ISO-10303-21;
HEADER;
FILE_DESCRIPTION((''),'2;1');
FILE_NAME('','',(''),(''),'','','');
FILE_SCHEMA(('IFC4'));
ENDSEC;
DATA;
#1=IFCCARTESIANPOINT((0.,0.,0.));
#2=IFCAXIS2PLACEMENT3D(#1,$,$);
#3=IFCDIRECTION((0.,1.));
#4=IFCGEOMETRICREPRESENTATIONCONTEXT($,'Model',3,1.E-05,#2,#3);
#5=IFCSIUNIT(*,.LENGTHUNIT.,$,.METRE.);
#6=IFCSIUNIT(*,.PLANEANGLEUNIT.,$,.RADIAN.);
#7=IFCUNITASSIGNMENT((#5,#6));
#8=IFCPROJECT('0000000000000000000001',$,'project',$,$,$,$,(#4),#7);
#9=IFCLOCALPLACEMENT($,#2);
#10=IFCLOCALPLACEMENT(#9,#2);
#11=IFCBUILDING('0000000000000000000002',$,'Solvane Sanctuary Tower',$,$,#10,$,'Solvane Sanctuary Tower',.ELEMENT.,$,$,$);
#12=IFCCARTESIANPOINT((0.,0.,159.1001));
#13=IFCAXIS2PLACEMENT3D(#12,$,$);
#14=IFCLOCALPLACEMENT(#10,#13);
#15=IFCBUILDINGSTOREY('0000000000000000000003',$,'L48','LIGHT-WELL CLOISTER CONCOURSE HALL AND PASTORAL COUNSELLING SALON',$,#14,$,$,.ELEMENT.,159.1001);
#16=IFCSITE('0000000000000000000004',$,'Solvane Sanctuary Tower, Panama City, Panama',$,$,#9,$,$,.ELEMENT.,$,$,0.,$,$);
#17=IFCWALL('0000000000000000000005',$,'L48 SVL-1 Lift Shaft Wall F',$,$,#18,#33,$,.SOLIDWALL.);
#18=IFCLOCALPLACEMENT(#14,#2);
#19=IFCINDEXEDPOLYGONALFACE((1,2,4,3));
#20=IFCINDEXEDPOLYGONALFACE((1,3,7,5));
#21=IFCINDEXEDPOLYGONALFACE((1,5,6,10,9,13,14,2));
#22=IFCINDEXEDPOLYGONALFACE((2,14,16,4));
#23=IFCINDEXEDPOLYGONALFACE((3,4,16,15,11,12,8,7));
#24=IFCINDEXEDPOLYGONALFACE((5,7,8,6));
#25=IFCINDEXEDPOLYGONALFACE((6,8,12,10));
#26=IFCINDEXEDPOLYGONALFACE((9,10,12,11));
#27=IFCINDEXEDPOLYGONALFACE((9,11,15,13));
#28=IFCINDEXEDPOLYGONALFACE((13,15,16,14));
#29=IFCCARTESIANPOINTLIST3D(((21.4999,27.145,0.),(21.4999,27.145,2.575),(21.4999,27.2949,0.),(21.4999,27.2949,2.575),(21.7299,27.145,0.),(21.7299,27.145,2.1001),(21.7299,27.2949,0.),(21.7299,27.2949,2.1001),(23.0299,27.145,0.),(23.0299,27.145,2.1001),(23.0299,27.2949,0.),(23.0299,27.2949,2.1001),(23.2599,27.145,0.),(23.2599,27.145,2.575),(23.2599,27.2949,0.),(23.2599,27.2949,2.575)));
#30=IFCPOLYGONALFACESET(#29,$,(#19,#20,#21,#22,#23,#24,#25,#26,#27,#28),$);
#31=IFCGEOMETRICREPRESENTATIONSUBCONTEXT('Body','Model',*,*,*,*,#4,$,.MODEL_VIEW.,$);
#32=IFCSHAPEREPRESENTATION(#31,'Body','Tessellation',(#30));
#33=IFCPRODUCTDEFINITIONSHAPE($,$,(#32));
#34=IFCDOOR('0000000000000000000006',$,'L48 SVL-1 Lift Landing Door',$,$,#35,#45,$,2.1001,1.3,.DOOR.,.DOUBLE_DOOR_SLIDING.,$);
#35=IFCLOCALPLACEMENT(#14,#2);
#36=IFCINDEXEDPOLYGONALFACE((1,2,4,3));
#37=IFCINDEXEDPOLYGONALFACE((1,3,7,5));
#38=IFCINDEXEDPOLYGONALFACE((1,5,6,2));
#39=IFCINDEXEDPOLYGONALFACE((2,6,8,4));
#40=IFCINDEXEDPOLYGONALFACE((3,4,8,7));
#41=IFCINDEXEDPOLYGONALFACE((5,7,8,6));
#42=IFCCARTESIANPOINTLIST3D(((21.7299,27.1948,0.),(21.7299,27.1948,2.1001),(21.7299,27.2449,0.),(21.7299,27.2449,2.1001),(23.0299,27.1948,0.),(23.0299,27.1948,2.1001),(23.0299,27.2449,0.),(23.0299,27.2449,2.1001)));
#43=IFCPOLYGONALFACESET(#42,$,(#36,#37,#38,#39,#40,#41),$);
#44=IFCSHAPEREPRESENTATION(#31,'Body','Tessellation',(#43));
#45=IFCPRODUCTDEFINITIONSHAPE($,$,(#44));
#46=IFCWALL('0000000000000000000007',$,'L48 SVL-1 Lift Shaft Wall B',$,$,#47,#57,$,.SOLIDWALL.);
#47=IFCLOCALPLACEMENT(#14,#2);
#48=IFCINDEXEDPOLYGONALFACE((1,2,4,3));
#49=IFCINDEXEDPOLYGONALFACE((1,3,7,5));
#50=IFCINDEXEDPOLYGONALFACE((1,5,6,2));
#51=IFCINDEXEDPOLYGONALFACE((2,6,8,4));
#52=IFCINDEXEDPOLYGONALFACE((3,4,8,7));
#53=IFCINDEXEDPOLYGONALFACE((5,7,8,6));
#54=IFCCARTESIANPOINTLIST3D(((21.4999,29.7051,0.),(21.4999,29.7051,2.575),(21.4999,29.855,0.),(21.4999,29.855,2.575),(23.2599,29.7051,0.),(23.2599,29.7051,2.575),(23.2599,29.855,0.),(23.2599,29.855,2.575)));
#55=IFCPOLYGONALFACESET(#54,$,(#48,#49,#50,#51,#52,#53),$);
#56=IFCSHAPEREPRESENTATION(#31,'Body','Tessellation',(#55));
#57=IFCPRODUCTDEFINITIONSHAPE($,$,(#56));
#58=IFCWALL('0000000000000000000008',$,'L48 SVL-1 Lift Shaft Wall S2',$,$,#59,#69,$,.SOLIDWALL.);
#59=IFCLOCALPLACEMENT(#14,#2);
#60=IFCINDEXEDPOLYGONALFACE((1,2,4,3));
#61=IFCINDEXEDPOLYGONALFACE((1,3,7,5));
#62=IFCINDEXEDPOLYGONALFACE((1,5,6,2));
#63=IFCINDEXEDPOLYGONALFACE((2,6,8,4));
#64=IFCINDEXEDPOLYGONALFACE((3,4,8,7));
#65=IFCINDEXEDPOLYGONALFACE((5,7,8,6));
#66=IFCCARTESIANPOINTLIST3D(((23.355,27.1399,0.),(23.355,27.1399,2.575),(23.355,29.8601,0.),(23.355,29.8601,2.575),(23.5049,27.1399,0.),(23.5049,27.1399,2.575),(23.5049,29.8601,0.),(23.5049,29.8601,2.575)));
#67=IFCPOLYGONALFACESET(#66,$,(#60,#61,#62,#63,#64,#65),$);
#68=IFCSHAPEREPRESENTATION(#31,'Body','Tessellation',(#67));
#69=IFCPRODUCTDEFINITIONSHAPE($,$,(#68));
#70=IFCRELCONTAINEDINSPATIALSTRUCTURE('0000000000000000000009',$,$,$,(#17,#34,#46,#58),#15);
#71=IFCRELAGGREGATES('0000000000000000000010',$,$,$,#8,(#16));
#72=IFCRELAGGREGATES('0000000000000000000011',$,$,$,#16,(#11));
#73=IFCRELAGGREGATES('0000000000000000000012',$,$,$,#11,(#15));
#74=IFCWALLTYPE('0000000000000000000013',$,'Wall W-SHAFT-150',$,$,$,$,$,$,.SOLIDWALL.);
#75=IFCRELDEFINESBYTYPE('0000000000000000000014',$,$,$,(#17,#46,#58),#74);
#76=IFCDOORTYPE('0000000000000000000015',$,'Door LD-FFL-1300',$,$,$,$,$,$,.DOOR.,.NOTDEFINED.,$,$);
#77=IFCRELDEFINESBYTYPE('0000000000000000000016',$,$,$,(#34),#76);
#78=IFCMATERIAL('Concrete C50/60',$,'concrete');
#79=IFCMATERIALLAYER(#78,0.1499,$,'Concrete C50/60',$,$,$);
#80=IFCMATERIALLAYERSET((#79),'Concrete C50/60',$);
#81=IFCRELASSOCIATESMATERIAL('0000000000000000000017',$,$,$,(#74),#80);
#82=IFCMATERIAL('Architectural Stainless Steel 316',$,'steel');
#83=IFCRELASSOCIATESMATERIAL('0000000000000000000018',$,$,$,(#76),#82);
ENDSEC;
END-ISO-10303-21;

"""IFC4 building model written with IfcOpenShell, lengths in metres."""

from ifc_helpers import new_model, si_unit, direction, frame, frame_2d, origin, place, context, subcontext, project, spatial, rectangle, extrude, material, layer, layer_set, type_object, element, fill, save


model = new_model("IFC4")

# Units and contexts
model_context = context("Model", 3, precision=1e-05, world=origin(), true_north=direction((0.0, 1.0)))
body_context = subcontext(model_context, "Body", "Model", "MODEL_VIEW")
ifc_project = project(units=[si_unit("LENGTHUNIT", "METRE"), si_unit("PLANEANGLEUNIT", "RADIAN")], contexts=[model_context])

# Site, building, storey
site_placement = place(None, origin())
site = spatial("IfcSite", under=ifc_project, at=site_placement, Name="Solvane Sanctuary Tower, Panama City, Panama", CompositionType="ELEMENT", RefElevation=0.0)
building_placement = place(site_placement, origin())
building = spatial("IfcBuilding", under=site, at=building_placement, Name="Solvane Sanctuary Tower", LongName="Solvane Sanctuary Tower", CompositionType="ELEMENT")
storey_placement = place(building_placement, frame((0.0, 0.0, 159.1001)))
storey = spatial("IfcBuildingStorey", under=building, at=storey_placement, Name="L48", Description="LIGHT-WELL CLOISTER CONCOURSE HALL AND PASTORAL COUNSELLING SALON", CompositionType="ELEMENT", Elevation=159.1001)

# Shared definitions
ifc_material_1 = material(Name="Concrete C50/60", Category="concrete")

# Shared definitions
ifc_material_2 = material(Name="Architectural Stainless Steel 316", Category="steel")

# Shared definitions
ifc_layer_1 = layer(ifc_material_1, 0.1499, Name="Concrete C50/60")
ifc_layer_set_1 = layer_set([ifc_layer_1], Name="Concrete C50/60")
wall_type_1 = type_object("IfcWallType", Name="Wall W-SHAFT-150", PredefinedType="SOLIDWALL", material=ifc_layer_set_1)

# Wall, opening, door
wall_1_placement = place(storey_placement, frame((21.5, 27.22, 0.0), z_axis=(0.0, 0.0, 1.0), x_axis=(1.0, 0.0, 0.0)))
wall_1 = element("IfcWall", 1, at=wall_1_placement, inside=storey, type_object=wall_type_1, Name="L48 SVL-1 Lift Shaft Wall F", PredefinedType="SOLIDWALL", context=body_context, shape_type="SweptSolid", body=[
    extrude(rectangle(XDim=1.76, YDim=0.1499, at=frame_2d((0.8799, 0.0))), origin(), (0.0, 0.0, 1.0), 2.575),
])
opening_1_placement = place(wall_1_placement, frame((0.23, 0.0, 0.0)))
opening_1 = element("IfcOpeningElement", 2, at=opening_1_placement, cuts=wall_1, PredefinedType="OPENING", context=body_context, shape_type="SweptSolid", body=[
    extrude(rectangle(XDim=1.3, YDim=2.1001, at=frame_2d((0.6499, 1.05))), frame((0.0, 0.085, 0.0), z_axis=(0.0, -1.0, 0.0), x_axis=(1.0, 0.0, 0.0)), (0.0, 0.0, 1.0), 0.1699),
])
door_type_1 = type_object("IfcDoorType", Name="Door LD-FFL-1300", OperationType="NOTDEFINED", PredefinedType="DOOR", material=ifc_material_2)
door_1_placement = place(opening_1_placement, origin())
door_1 = element("IfcDoor", 3, at=door_1_placement, inside=storey, type_object=door_type_1, Name="L48 SVL-1 Lift Landing Door", OperationType="DOUBLE_DOOR_SLIDING", OverallHeight=2.1001, OverallWidth=1.3, PredefinedType="DOOR", context=body_context, shape_type="SweptSolid", body=[
    extrude(rectangle(XDim=1.3, YDim=2.1001, at=frame_2d((0.6499, 1.05))), frame((0.0, 0.0249, 0.0), z_axis=(0.0, -1.0, 0.0), x_axis=(1.0, 0.0, 0.0)), (0.0, 0.0, 1.0), 0.05),
])
fill(opening_1, door_1)

# Walls
wall_2_placement = place(storey_placement, frame((21.5, 29.78, 0.0), z_axis=(0.0, 0.0, 1.0), x_axis=(1.0, 0.0, 0.0)))
element("IfcWall", 4, at=wall_2_placement, inside=storey, type_object=wall_type_1, Name="L48 SVL-1 Lift Shaft Wall B", PredefinedType="SOLIDWALL", context=body_context, shape_type="SweptSolid", body=[
    extrude(rectangle(XDim=1.76, YDim=0.1499, at=frame_2d((0.8799, 0.0))), origin(), (0.0, 0.0, 1.0), 2.575),
])
wall_3_placement = place(storey_placement, frame((23.4299, 27.1399, 0.0), z_axis=(0.0, 0.0, 1.0), x_axis=(0.0, 1.0, 0.0)))
element("IfcWall", 5, at=wall_3_placement, inside=storey, type_object=wall_type_1, Name="L48 SVL-1 Lift Shaft Wall S2", PredefinedType="SOLIDWALL", context=body_context, shape_type="SweptSolid", body=[
    extrude(rectangle(XDim=2.7202, YDim=0.1499, at=frame_2d((1.3601, 0.0))), origin(), (0.0, 0.0, 1.0), 2.575),
])

save(model, "model.ifc")
